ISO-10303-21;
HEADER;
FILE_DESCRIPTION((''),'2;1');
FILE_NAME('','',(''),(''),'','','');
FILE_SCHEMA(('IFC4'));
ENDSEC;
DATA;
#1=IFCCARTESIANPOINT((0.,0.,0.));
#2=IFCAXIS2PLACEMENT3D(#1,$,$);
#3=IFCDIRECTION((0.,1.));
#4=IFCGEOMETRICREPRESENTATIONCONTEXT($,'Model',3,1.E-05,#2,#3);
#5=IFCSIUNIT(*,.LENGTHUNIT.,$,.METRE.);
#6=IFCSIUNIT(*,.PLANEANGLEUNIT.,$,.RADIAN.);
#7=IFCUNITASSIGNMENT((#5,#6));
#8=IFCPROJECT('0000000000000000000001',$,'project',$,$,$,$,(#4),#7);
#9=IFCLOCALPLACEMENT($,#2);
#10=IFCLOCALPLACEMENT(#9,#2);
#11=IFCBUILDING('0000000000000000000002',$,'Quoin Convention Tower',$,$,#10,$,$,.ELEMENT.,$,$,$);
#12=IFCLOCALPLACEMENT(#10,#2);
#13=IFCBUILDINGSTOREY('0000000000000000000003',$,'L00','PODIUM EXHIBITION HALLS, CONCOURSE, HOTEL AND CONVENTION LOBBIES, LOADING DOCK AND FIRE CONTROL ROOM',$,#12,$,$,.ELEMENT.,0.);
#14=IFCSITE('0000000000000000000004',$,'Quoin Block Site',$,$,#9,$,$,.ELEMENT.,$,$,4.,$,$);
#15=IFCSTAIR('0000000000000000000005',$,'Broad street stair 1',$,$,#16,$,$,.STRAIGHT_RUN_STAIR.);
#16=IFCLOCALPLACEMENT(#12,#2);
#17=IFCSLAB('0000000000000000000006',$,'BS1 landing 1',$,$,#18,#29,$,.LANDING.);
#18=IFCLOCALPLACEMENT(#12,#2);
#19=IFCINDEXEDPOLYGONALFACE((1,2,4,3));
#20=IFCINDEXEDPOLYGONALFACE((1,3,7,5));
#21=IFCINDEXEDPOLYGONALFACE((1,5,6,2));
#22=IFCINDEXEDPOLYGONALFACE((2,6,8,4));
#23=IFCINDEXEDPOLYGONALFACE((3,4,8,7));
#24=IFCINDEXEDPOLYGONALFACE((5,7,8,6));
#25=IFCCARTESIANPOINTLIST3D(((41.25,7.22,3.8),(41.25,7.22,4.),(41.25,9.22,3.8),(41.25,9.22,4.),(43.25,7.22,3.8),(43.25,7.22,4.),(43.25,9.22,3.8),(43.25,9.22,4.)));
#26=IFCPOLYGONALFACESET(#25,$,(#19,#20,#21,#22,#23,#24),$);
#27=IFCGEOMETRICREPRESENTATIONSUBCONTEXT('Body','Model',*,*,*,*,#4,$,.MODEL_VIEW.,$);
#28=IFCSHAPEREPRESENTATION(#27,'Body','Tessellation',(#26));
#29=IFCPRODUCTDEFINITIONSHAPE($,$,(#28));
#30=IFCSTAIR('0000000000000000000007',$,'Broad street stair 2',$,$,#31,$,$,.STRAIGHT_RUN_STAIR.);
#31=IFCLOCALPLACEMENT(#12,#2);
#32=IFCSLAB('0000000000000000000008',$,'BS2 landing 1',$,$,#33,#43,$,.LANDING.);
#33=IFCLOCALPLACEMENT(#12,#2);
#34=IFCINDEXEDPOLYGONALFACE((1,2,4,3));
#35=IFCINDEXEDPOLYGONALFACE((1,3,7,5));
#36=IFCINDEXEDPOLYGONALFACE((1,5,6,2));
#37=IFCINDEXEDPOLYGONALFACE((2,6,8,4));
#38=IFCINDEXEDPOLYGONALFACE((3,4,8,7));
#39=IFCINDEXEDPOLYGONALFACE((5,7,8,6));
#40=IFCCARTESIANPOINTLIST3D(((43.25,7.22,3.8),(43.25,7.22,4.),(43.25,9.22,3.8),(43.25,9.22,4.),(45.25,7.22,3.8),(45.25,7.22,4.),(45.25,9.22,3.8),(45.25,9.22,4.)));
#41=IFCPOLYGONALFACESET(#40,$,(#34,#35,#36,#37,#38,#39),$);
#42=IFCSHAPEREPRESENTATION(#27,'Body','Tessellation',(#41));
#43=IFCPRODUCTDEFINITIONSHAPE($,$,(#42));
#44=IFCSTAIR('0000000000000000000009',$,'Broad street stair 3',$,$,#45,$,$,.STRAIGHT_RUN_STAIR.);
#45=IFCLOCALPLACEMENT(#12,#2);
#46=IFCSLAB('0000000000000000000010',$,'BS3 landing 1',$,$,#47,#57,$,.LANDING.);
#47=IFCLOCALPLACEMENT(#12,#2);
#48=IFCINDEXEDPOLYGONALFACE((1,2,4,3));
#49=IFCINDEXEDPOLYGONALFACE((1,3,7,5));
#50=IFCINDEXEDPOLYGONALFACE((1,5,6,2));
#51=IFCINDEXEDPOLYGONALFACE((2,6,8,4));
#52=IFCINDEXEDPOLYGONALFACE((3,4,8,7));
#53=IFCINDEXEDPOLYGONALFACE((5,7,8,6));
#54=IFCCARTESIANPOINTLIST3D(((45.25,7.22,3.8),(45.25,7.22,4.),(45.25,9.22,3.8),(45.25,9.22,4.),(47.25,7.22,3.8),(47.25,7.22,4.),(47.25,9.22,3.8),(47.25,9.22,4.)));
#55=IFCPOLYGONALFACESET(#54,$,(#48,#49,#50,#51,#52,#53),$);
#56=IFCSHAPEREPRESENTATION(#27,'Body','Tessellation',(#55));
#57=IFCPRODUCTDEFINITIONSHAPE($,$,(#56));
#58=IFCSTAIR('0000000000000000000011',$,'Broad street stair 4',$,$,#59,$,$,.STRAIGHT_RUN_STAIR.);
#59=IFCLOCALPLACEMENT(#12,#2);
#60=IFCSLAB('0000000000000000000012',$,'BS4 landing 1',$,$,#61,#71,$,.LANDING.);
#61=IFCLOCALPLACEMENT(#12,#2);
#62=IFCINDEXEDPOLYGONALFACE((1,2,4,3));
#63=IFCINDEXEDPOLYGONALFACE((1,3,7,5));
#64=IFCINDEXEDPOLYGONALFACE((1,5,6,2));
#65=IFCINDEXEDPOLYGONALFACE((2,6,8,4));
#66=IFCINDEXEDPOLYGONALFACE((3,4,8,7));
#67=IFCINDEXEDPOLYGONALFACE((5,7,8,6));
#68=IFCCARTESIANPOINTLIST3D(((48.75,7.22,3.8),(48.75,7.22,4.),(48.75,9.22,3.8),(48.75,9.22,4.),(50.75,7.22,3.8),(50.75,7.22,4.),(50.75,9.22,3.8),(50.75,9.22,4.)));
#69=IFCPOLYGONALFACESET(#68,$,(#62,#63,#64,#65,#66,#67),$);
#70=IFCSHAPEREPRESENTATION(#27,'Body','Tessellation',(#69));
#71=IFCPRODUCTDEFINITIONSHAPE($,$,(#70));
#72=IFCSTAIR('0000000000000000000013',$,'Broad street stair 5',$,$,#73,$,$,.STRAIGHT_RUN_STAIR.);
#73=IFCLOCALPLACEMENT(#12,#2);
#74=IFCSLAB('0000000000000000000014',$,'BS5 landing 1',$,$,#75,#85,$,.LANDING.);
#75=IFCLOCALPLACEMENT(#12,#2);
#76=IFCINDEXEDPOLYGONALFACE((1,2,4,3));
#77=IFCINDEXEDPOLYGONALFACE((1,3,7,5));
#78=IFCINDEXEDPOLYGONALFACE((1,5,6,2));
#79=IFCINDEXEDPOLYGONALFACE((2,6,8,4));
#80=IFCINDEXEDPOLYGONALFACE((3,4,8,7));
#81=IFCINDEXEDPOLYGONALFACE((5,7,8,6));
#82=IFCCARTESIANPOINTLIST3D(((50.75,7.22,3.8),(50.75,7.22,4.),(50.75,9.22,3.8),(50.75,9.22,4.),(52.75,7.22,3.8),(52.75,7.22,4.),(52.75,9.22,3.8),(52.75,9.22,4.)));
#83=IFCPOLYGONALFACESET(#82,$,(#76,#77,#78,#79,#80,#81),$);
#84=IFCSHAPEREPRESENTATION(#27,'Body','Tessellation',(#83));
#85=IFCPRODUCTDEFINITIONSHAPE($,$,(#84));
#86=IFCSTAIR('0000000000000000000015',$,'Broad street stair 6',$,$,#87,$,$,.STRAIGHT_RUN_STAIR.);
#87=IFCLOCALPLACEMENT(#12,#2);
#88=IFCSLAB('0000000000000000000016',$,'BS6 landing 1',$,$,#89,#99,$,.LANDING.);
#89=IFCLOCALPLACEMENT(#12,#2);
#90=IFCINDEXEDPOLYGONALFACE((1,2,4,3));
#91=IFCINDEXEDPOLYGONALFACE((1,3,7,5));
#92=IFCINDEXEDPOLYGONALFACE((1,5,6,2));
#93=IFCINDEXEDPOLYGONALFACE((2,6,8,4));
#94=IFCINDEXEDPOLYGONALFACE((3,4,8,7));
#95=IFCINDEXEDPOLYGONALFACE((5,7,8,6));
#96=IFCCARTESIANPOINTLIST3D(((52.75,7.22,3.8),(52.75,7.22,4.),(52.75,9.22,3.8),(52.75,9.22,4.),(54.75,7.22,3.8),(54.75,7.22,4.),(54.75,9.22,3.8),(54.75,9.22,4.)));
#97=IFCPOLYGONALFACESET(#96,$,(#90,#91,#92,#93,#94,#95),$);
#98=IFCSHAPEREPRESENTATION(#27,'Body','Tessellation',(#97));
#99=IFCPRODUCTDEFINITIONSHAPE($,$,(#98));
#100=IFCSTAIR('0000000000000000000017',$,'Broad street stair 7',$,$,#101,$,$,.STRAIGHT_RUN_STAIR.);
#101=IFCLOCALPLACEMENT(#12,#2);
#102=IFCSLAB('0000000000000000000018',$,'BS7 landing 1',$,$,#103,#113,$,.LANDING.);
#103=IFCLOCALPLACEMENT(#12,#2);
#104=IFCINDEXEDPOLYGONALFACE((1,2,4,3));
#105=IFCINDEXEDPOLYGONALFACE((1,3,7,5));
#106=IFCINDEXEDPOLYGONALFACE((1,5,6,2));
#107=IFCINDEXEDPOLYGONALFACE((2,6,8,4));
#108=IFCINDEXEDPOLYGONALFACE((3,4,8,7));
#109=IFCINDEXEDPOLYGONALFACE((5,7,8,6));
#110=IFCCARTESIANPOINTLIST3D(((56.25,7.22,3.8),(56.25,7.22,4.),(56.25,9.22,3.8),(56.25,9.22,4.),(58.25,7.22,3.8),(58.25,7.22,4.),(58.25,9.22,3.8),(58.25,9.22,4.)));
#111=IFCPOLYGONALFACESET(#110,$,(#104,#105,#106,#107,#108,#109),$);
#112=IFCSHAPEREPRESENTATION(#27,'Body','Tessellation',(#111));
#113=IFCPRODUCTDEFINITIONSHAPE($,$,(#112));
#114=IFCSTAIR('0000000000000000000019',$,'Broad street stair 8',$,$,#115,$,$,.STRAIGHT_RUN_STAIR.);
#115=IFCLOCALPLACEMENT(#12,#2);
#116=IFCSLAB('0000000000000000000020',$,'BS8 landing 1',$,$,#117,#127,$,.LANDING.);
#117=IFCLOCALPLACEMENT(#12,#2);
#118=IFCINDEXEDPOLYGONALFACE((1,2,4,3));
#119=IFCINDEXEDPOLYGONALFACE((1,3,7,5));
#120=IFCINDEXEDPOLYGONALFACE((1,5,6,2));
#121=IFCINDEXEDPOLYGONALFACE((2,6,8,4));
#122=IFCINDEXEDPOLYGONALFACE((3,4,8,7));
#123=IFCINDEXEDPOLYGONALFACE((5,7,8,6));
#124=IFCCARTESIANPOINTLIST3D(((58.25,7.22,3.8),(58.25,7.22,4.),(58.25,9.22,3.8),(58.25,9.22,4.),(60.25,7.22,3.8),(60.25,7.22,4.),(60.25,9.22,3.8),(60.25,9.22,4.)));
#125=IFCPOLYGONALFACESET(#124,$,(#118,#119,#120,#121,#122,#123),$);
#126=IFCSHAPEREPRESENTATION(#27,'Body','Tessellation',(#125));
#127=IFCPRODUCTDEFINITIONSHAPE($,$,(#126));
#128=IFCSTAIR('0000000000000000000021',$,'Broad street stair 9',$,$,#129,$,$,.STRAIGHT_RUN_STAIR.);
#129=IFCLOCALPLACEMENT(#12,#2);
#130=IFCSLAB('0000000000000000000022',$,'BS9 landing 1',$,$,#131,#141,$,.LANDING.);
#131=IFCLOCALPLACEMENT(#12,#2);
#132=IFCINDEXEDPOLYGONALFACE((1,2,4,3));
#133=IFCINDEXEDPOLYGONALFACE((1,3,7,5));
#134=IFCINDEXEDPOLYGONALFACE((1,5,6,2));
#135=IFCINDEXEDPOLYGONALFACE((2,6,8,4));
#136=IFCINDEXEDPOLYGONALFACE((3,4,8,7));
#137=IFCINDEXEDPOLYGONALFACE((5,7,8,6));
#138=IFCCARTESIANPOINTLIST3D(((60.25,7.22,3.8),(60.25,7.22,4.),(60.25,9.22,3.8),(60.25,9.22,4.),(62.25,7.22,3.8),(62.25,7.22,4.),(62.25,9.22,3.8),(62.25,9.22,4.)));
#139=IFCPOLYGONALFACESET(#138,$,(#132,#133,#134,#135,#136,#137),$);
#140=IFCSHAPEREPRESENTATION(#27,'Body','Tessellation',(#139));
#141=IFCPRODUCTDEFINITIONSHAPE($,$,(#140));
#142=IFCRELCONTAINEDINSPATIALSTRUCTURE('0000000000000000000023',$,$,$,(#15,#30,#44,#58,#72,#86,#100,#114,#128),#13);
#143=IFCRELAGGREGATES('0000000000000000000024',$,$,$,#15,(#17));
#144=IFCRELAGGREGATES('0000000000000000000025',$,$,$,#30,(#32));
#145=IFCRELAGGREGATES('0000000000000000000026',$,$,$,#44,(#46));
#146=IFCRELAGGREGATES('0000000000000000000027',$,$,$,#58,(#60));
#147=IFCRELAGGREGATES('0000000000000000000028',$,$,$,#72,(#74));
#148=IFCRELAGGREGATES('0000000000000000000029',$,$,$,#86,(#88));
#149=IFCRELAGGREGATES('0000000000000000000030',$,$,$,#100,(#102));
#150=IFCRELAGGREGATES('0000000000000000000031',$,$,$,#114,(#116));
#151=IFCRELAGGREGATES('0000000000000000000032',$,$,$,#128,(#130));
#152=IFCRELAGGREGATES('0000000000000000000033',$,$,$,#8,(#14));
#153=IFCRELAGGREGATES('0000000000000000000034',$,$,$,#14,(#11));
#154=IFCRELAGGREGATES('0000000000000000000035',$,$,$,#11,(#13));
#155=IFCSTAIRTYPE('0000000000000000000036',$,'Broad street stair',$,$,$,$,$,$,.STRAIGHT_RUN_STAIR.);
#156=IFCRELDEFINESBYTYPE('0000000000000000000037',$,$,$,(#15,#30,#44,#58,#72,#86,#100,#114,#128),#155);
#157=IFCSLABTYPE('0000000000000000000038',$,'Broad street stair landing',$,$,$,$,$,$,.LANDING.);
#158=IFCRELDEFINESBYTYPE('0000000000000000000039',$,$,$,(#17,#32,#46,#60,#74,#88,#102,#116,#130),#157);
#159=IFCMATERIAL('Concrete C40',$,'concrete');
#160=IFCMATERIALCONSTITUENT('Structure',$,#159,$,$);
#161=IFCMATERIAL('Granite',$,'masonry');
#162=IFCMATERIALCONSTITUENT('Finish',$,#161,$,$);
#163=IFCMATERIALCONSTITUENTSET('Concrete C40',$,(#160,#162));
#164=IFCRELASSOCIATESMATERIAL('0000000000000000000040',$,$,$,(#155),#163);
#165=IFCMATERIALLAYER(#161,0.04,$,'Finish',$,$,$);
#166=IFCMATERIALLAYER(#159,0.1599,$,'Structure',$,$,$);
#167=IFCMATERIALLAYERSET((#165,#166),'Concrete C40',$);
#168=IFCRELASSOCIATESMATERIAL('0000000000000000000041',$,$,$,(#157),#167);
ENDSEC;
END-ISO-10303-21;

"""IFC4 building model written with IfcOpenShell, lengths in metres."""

from ifc_helpers import new_model, si_unit, direction, frame, origin, place, context, subcontext, project, spatial, polyline, outline, extrude, material, layer, layer_set, constituent, constituent_set, type_object, element, aggregate, save


model = new_model("IFC4")

# Units and contexts
model_context = context("Model", 3, precision=1e-05, world=origin(), true_north=direction((0.0, 1.0)))
body_context = subcontext(model_context, "Body", "Model", "MODEL_VIEW")
ifc_project = project(units=[si_unit("LENGTHUNIT", "METRE"), si_unit("PLANEANGLEUNIT", "RADIAN")], contexts=[model_context])

# Site, building, storey
site_placement = place(None, origin())
site = spatial("IfcSite", under=ifc_project, at=site_placement, Name="Quoin Block Site", CompositionType="ELEMENT", RefElevation=4.0)
building_placement = place(site_placement, origin())
building = spatial("IfcBuilding", under=site, at=building_placement, Name="Quoin Convention Tower", CompositionType="ELEMENT")
storey_placement = place(building_placement, origin())
storey = spatial("IfcBuildingStorey", under=building, at=storey_placement, Name="L00", Description="PODIUM EXHIBITION HALLS, CONCOURSE, HOTEL AND CONVENTION LOBBIES, LOADING DOCK AND FIRE CONTROL ROOM", CompositionType="ELEMENT", Elevation=0.0)

# Stairs, slabs
ifc_material_1 = material(Name="Concrete C40", Category="concrete")
ifc_constituent_1 = constituent(ifc_material_1, Name="Structure")
ifc_material_2 = material(Name="Granite", Category="masonry")
ifc_constituent_2 = constituent(ifc_material_2, Name="Finish")
ifc_constituent_set = constituent_set(constituents=[ifc_constituent_1, ifc_constituent_2], Name="Concrete C40")
stair_type_1 = type_object("IfcStairType", Name="Broad street stair", PredefinedType="STRAIGHT_RUN_STAIR", material=ifc_constituent_set)
stair_1_placement = place(storey_placement, origin())
stair_1 = element("IfcStair", 1, at=stair_1_placement, inside=storey, type_object=stair_type_1, Name="Broad street stair 1", PredefinedType="STRAIGHT_RUN_STAIR")
ifc_layer_1 = layer(ifc_material_2, 0.04, Name="Finish")
ifc_layer_2 = layer(ifc_material_1, 0.1599, Name="Structure")
ifc_layer_set_1 = layer_set([ifc_layer_1, ifc_layer_2], Name="Concrete C40")
slab_type_1 = type_object("IfcSlabType", Name="Broad street stair landing", PredefinedType="LANDING", material=ifc_layer_set_1)
slab_1_placement = place(storey_placement, frame((0.0, 0.0, 3.8)))
slab_1 = element("IfcSlab", 2, at=slab_1_placement, type_object=slab_type_1, Name="BS1 landing 1", PredefinedType="LANDING", context=body_context, shape_type="SweptSolid", body=[
    extrude(outline(polyline([(41.25, 7.22), (43.25, 7.22), (43.25, 9.22), (41.25, 9.22), (41.25, 7.22)])), origin(), (0.0, 0.0, 1.0), 0.2),
])
aggregate(stair_1, [slab_1])
stair_2_placement = place(storey_placement, origin())
stair_2 = element("IfcStair", 3, at=stair_2_placement, inside=storey, type_object=stair_type_1, Name="Broad street stair 2", PredefinedType="STRAIGHT_RUN_STAIR")
slab_2_placement = place(storey_placement, frame((0.0, 0.0, 3.8)))
slab_2 = element("IfcSlab", 4, at=slab_2_placement, type_object=slab_type_1, Name="BS2 landing 1", PredefinedType="LANDING", context=body_context, shape_type="SweptSolid", body=[
    extrude(outline(polyline([(43.25, 7.22), (45.25, 7.22), (45.25, 9.22), (43.25, 9.22), (43.25, 7.22)])), origin(), (0.0, 0.0, 1.0), 0.2),
])
aggregate(stair_2, [slab_2])
stair_3_placement = place(storey_placement, origin())
stair_3 = element("IfcStair", 5, at=stair_3_placement, inside=storey, type_object=stair_type_1, Name="Broad street stair 3", PredefinedType="STRAIGHT_RUN_STAIR")
slab_3_placement = place(storey_placement, frame((0.0, 0.0, 3.8)))
slab_3 = element("IfcSlab", 6, at=slab_3_placement, type_object=slab_type_1, Name="BS3 landing 1", PredefinedType="LANDING", context=body_context, shape_type="SweptSolid", body=[
    extrude(outline(polyline([(45.25, 7.22), (47.25, 7.22), (47.25, 9.22), (45.25, 9.22), (45.25, 7.22)])), origin(), (0.0, 0.0, 1.0), 0.2),
])
aggregate(stair_3, [slab_3])
stair_4_placement = place(storey_placement, origin())
stair_4 = element("IfcStair", 7, at=stair_4_placement, inside=storey, type_object=stair_type_1, Name="Broad street stair 4", PredefinedType="STRAIGHT_RUN_STAIR")
slab_4_placement = place(storey_placement, frame((0.0, 0.0, 3.8)))
slab_4 = element("IfcSlab", 8, at=slab_4_placement, type_object=slab_type_1, Name="BS4 landing 1", PredefinedType="LANDING", context=body_context, shape_type="SweptSolid", body=[
    extrude(outline(polyline([(48.75, 7.22), (50.75, 7.22), (50.75, 9.22), (48.75, 9.22), (48.75, 7.22)])), origin(), (0.0, 0.0, 1.0), 0.2),
])
aggregate(stair_4, [slab_4])
stair_5_placement = place(storey_placement, origin())
stair_5 = element("IfcStair", 9, at=stair_5_placement, inside=storey, type_object=stair_type_1, Name="Broad street stair 5", PredefinedType="STRAIGHT_RUN_STAIR")
slab_5_placement = place(storey_placement, frame((0.0, 0.0, 3.8)))
slab_5 = element("IfcSlab", 10, at=slab_5_placement, type_object=slab_type_1, Name="BS5 landing 1", PredefinedType="LANDING", context=body_context, shape_type="SweptSolid", body=[
    extrude(outline(polyline([(50.75, 7.22), (52.75, 7.22), (52.75, 9.22), (50.75, 9.22), (50.75, 7.22)])), origin(), (0.0, 0.0, 1.0), 0.2),
])
aggregate(stair_5, [slab_5])
stair_6_placement = place(storey_placement, origin())
stair_6 = element("IfcStair", 11, at=stair_6_placement, inside=storey, type_object=stair_type_1, Name="Broad street stair 6", PredefinedType="STRAIGHT_RUN_STAIR")
slab_6_placement = place(storey_placement, frame((0.0, 0.0, 3.8)))
slab_6 = element("IfcSlab", 12, at=slab_6_placement, type_object=slab_type_1, Name="BS6 landing 1", PredefinedType="LANDING", context=body_context, shape_type="SweptSolid", body=[
    extrude(outline(polyline([(52.75, 7.22), (54.75, 7.22), (54.75, 9.22), (52.75, 9.22), (52.75, 7.22)])), origin(), (0.0, 0.0, 1.0), 0.2),
])
aggregate(stair_6, [slab_6])
stair_7_placement = place(storey_placement, origin())
stair_7 = element("IfcStair", 13, at=stair_7_placement, inside=storey, type_object=stair_type_1, Name="Broad street stair 7", PredefinedType="STRAIGHT_RUN_STAIR")
slab_7_placement = place(storey_placement, frame((0.0, 0.0, 3.8)))
slab_7 = element("IfcSlab", 14, at=slab_7_placement, type_object=slab_type_1, Name="BS7 landing 1", PredefinedType="LANDING", context=body_context, shape_type="SweptSolid", body=[
    extrude(outline(polyline([(56.25, 7.22), (58.25, 7.22), (58.25, 9.22), (56.25, 9.22), (56.25, 7.22)])), origin(), (0.0, 0.0, 1.0), 0.2),
])
aggregate(stair_7, [slab_7])
stair_8_placement = place(storey_placement, origin())
stair_8 = element("IfcStair", 15, at=stair_8_placement, inside=storey, type_object=stair_type_1, Name="Broad street stair 8", PredefinedType="STRAIGHT_RUN_STAIR")
slab_8_placement = place(storey_placement, frame((0.0, 0.0, 3.8)))
slab_8 = element("IfcSlab", 16, at=slab_8_placement, type_object=slab_type_1, Name="BS8 landing 1", PredefinedType="LANDING", context=body_context, shape_type="SweptSolid", body=[
    extrude(outline(polyline([(58.25, 7.22), (60.25, 7.22), (60.25, 9.22), (58.25, 9.22), (58.25, 7.22)])), origin(), (0.0, 0.0, 1.0), 0.2),
])
aggregate(stair_8, [slab_8])
stair_9_placement = place(storey_placement, origin())
stair_9 = element("IfcStair", 17, at=stair_9_placement, inside=storey, type_object=stair_type_1, Name="Broad street stair 9", PredefinedType="STRAIGHT_RUN_STAIR")
slab_9_placement = place(storey_placement, frame((0.0, 0.0, 3.8)))
slab_9 = element("IfcSlab", 18, at=slab_9_placement, type_object=slab_type_1, Name="BS9 landing 1", PredefinedType="LANDING", context=body_context, shape_type="SweptSolid", body=[
    extrude(outline(polyline([(60.25, 7.22), (62.25, 7.22), (62.25, 9.22), (60.25, 9.22), (60.25, 7.22)])), origin(), (0.0, 0.0, 1.0), 0.2),
])
aggregate(stair_9, [slab_9])

save(model, "model.ifc")
